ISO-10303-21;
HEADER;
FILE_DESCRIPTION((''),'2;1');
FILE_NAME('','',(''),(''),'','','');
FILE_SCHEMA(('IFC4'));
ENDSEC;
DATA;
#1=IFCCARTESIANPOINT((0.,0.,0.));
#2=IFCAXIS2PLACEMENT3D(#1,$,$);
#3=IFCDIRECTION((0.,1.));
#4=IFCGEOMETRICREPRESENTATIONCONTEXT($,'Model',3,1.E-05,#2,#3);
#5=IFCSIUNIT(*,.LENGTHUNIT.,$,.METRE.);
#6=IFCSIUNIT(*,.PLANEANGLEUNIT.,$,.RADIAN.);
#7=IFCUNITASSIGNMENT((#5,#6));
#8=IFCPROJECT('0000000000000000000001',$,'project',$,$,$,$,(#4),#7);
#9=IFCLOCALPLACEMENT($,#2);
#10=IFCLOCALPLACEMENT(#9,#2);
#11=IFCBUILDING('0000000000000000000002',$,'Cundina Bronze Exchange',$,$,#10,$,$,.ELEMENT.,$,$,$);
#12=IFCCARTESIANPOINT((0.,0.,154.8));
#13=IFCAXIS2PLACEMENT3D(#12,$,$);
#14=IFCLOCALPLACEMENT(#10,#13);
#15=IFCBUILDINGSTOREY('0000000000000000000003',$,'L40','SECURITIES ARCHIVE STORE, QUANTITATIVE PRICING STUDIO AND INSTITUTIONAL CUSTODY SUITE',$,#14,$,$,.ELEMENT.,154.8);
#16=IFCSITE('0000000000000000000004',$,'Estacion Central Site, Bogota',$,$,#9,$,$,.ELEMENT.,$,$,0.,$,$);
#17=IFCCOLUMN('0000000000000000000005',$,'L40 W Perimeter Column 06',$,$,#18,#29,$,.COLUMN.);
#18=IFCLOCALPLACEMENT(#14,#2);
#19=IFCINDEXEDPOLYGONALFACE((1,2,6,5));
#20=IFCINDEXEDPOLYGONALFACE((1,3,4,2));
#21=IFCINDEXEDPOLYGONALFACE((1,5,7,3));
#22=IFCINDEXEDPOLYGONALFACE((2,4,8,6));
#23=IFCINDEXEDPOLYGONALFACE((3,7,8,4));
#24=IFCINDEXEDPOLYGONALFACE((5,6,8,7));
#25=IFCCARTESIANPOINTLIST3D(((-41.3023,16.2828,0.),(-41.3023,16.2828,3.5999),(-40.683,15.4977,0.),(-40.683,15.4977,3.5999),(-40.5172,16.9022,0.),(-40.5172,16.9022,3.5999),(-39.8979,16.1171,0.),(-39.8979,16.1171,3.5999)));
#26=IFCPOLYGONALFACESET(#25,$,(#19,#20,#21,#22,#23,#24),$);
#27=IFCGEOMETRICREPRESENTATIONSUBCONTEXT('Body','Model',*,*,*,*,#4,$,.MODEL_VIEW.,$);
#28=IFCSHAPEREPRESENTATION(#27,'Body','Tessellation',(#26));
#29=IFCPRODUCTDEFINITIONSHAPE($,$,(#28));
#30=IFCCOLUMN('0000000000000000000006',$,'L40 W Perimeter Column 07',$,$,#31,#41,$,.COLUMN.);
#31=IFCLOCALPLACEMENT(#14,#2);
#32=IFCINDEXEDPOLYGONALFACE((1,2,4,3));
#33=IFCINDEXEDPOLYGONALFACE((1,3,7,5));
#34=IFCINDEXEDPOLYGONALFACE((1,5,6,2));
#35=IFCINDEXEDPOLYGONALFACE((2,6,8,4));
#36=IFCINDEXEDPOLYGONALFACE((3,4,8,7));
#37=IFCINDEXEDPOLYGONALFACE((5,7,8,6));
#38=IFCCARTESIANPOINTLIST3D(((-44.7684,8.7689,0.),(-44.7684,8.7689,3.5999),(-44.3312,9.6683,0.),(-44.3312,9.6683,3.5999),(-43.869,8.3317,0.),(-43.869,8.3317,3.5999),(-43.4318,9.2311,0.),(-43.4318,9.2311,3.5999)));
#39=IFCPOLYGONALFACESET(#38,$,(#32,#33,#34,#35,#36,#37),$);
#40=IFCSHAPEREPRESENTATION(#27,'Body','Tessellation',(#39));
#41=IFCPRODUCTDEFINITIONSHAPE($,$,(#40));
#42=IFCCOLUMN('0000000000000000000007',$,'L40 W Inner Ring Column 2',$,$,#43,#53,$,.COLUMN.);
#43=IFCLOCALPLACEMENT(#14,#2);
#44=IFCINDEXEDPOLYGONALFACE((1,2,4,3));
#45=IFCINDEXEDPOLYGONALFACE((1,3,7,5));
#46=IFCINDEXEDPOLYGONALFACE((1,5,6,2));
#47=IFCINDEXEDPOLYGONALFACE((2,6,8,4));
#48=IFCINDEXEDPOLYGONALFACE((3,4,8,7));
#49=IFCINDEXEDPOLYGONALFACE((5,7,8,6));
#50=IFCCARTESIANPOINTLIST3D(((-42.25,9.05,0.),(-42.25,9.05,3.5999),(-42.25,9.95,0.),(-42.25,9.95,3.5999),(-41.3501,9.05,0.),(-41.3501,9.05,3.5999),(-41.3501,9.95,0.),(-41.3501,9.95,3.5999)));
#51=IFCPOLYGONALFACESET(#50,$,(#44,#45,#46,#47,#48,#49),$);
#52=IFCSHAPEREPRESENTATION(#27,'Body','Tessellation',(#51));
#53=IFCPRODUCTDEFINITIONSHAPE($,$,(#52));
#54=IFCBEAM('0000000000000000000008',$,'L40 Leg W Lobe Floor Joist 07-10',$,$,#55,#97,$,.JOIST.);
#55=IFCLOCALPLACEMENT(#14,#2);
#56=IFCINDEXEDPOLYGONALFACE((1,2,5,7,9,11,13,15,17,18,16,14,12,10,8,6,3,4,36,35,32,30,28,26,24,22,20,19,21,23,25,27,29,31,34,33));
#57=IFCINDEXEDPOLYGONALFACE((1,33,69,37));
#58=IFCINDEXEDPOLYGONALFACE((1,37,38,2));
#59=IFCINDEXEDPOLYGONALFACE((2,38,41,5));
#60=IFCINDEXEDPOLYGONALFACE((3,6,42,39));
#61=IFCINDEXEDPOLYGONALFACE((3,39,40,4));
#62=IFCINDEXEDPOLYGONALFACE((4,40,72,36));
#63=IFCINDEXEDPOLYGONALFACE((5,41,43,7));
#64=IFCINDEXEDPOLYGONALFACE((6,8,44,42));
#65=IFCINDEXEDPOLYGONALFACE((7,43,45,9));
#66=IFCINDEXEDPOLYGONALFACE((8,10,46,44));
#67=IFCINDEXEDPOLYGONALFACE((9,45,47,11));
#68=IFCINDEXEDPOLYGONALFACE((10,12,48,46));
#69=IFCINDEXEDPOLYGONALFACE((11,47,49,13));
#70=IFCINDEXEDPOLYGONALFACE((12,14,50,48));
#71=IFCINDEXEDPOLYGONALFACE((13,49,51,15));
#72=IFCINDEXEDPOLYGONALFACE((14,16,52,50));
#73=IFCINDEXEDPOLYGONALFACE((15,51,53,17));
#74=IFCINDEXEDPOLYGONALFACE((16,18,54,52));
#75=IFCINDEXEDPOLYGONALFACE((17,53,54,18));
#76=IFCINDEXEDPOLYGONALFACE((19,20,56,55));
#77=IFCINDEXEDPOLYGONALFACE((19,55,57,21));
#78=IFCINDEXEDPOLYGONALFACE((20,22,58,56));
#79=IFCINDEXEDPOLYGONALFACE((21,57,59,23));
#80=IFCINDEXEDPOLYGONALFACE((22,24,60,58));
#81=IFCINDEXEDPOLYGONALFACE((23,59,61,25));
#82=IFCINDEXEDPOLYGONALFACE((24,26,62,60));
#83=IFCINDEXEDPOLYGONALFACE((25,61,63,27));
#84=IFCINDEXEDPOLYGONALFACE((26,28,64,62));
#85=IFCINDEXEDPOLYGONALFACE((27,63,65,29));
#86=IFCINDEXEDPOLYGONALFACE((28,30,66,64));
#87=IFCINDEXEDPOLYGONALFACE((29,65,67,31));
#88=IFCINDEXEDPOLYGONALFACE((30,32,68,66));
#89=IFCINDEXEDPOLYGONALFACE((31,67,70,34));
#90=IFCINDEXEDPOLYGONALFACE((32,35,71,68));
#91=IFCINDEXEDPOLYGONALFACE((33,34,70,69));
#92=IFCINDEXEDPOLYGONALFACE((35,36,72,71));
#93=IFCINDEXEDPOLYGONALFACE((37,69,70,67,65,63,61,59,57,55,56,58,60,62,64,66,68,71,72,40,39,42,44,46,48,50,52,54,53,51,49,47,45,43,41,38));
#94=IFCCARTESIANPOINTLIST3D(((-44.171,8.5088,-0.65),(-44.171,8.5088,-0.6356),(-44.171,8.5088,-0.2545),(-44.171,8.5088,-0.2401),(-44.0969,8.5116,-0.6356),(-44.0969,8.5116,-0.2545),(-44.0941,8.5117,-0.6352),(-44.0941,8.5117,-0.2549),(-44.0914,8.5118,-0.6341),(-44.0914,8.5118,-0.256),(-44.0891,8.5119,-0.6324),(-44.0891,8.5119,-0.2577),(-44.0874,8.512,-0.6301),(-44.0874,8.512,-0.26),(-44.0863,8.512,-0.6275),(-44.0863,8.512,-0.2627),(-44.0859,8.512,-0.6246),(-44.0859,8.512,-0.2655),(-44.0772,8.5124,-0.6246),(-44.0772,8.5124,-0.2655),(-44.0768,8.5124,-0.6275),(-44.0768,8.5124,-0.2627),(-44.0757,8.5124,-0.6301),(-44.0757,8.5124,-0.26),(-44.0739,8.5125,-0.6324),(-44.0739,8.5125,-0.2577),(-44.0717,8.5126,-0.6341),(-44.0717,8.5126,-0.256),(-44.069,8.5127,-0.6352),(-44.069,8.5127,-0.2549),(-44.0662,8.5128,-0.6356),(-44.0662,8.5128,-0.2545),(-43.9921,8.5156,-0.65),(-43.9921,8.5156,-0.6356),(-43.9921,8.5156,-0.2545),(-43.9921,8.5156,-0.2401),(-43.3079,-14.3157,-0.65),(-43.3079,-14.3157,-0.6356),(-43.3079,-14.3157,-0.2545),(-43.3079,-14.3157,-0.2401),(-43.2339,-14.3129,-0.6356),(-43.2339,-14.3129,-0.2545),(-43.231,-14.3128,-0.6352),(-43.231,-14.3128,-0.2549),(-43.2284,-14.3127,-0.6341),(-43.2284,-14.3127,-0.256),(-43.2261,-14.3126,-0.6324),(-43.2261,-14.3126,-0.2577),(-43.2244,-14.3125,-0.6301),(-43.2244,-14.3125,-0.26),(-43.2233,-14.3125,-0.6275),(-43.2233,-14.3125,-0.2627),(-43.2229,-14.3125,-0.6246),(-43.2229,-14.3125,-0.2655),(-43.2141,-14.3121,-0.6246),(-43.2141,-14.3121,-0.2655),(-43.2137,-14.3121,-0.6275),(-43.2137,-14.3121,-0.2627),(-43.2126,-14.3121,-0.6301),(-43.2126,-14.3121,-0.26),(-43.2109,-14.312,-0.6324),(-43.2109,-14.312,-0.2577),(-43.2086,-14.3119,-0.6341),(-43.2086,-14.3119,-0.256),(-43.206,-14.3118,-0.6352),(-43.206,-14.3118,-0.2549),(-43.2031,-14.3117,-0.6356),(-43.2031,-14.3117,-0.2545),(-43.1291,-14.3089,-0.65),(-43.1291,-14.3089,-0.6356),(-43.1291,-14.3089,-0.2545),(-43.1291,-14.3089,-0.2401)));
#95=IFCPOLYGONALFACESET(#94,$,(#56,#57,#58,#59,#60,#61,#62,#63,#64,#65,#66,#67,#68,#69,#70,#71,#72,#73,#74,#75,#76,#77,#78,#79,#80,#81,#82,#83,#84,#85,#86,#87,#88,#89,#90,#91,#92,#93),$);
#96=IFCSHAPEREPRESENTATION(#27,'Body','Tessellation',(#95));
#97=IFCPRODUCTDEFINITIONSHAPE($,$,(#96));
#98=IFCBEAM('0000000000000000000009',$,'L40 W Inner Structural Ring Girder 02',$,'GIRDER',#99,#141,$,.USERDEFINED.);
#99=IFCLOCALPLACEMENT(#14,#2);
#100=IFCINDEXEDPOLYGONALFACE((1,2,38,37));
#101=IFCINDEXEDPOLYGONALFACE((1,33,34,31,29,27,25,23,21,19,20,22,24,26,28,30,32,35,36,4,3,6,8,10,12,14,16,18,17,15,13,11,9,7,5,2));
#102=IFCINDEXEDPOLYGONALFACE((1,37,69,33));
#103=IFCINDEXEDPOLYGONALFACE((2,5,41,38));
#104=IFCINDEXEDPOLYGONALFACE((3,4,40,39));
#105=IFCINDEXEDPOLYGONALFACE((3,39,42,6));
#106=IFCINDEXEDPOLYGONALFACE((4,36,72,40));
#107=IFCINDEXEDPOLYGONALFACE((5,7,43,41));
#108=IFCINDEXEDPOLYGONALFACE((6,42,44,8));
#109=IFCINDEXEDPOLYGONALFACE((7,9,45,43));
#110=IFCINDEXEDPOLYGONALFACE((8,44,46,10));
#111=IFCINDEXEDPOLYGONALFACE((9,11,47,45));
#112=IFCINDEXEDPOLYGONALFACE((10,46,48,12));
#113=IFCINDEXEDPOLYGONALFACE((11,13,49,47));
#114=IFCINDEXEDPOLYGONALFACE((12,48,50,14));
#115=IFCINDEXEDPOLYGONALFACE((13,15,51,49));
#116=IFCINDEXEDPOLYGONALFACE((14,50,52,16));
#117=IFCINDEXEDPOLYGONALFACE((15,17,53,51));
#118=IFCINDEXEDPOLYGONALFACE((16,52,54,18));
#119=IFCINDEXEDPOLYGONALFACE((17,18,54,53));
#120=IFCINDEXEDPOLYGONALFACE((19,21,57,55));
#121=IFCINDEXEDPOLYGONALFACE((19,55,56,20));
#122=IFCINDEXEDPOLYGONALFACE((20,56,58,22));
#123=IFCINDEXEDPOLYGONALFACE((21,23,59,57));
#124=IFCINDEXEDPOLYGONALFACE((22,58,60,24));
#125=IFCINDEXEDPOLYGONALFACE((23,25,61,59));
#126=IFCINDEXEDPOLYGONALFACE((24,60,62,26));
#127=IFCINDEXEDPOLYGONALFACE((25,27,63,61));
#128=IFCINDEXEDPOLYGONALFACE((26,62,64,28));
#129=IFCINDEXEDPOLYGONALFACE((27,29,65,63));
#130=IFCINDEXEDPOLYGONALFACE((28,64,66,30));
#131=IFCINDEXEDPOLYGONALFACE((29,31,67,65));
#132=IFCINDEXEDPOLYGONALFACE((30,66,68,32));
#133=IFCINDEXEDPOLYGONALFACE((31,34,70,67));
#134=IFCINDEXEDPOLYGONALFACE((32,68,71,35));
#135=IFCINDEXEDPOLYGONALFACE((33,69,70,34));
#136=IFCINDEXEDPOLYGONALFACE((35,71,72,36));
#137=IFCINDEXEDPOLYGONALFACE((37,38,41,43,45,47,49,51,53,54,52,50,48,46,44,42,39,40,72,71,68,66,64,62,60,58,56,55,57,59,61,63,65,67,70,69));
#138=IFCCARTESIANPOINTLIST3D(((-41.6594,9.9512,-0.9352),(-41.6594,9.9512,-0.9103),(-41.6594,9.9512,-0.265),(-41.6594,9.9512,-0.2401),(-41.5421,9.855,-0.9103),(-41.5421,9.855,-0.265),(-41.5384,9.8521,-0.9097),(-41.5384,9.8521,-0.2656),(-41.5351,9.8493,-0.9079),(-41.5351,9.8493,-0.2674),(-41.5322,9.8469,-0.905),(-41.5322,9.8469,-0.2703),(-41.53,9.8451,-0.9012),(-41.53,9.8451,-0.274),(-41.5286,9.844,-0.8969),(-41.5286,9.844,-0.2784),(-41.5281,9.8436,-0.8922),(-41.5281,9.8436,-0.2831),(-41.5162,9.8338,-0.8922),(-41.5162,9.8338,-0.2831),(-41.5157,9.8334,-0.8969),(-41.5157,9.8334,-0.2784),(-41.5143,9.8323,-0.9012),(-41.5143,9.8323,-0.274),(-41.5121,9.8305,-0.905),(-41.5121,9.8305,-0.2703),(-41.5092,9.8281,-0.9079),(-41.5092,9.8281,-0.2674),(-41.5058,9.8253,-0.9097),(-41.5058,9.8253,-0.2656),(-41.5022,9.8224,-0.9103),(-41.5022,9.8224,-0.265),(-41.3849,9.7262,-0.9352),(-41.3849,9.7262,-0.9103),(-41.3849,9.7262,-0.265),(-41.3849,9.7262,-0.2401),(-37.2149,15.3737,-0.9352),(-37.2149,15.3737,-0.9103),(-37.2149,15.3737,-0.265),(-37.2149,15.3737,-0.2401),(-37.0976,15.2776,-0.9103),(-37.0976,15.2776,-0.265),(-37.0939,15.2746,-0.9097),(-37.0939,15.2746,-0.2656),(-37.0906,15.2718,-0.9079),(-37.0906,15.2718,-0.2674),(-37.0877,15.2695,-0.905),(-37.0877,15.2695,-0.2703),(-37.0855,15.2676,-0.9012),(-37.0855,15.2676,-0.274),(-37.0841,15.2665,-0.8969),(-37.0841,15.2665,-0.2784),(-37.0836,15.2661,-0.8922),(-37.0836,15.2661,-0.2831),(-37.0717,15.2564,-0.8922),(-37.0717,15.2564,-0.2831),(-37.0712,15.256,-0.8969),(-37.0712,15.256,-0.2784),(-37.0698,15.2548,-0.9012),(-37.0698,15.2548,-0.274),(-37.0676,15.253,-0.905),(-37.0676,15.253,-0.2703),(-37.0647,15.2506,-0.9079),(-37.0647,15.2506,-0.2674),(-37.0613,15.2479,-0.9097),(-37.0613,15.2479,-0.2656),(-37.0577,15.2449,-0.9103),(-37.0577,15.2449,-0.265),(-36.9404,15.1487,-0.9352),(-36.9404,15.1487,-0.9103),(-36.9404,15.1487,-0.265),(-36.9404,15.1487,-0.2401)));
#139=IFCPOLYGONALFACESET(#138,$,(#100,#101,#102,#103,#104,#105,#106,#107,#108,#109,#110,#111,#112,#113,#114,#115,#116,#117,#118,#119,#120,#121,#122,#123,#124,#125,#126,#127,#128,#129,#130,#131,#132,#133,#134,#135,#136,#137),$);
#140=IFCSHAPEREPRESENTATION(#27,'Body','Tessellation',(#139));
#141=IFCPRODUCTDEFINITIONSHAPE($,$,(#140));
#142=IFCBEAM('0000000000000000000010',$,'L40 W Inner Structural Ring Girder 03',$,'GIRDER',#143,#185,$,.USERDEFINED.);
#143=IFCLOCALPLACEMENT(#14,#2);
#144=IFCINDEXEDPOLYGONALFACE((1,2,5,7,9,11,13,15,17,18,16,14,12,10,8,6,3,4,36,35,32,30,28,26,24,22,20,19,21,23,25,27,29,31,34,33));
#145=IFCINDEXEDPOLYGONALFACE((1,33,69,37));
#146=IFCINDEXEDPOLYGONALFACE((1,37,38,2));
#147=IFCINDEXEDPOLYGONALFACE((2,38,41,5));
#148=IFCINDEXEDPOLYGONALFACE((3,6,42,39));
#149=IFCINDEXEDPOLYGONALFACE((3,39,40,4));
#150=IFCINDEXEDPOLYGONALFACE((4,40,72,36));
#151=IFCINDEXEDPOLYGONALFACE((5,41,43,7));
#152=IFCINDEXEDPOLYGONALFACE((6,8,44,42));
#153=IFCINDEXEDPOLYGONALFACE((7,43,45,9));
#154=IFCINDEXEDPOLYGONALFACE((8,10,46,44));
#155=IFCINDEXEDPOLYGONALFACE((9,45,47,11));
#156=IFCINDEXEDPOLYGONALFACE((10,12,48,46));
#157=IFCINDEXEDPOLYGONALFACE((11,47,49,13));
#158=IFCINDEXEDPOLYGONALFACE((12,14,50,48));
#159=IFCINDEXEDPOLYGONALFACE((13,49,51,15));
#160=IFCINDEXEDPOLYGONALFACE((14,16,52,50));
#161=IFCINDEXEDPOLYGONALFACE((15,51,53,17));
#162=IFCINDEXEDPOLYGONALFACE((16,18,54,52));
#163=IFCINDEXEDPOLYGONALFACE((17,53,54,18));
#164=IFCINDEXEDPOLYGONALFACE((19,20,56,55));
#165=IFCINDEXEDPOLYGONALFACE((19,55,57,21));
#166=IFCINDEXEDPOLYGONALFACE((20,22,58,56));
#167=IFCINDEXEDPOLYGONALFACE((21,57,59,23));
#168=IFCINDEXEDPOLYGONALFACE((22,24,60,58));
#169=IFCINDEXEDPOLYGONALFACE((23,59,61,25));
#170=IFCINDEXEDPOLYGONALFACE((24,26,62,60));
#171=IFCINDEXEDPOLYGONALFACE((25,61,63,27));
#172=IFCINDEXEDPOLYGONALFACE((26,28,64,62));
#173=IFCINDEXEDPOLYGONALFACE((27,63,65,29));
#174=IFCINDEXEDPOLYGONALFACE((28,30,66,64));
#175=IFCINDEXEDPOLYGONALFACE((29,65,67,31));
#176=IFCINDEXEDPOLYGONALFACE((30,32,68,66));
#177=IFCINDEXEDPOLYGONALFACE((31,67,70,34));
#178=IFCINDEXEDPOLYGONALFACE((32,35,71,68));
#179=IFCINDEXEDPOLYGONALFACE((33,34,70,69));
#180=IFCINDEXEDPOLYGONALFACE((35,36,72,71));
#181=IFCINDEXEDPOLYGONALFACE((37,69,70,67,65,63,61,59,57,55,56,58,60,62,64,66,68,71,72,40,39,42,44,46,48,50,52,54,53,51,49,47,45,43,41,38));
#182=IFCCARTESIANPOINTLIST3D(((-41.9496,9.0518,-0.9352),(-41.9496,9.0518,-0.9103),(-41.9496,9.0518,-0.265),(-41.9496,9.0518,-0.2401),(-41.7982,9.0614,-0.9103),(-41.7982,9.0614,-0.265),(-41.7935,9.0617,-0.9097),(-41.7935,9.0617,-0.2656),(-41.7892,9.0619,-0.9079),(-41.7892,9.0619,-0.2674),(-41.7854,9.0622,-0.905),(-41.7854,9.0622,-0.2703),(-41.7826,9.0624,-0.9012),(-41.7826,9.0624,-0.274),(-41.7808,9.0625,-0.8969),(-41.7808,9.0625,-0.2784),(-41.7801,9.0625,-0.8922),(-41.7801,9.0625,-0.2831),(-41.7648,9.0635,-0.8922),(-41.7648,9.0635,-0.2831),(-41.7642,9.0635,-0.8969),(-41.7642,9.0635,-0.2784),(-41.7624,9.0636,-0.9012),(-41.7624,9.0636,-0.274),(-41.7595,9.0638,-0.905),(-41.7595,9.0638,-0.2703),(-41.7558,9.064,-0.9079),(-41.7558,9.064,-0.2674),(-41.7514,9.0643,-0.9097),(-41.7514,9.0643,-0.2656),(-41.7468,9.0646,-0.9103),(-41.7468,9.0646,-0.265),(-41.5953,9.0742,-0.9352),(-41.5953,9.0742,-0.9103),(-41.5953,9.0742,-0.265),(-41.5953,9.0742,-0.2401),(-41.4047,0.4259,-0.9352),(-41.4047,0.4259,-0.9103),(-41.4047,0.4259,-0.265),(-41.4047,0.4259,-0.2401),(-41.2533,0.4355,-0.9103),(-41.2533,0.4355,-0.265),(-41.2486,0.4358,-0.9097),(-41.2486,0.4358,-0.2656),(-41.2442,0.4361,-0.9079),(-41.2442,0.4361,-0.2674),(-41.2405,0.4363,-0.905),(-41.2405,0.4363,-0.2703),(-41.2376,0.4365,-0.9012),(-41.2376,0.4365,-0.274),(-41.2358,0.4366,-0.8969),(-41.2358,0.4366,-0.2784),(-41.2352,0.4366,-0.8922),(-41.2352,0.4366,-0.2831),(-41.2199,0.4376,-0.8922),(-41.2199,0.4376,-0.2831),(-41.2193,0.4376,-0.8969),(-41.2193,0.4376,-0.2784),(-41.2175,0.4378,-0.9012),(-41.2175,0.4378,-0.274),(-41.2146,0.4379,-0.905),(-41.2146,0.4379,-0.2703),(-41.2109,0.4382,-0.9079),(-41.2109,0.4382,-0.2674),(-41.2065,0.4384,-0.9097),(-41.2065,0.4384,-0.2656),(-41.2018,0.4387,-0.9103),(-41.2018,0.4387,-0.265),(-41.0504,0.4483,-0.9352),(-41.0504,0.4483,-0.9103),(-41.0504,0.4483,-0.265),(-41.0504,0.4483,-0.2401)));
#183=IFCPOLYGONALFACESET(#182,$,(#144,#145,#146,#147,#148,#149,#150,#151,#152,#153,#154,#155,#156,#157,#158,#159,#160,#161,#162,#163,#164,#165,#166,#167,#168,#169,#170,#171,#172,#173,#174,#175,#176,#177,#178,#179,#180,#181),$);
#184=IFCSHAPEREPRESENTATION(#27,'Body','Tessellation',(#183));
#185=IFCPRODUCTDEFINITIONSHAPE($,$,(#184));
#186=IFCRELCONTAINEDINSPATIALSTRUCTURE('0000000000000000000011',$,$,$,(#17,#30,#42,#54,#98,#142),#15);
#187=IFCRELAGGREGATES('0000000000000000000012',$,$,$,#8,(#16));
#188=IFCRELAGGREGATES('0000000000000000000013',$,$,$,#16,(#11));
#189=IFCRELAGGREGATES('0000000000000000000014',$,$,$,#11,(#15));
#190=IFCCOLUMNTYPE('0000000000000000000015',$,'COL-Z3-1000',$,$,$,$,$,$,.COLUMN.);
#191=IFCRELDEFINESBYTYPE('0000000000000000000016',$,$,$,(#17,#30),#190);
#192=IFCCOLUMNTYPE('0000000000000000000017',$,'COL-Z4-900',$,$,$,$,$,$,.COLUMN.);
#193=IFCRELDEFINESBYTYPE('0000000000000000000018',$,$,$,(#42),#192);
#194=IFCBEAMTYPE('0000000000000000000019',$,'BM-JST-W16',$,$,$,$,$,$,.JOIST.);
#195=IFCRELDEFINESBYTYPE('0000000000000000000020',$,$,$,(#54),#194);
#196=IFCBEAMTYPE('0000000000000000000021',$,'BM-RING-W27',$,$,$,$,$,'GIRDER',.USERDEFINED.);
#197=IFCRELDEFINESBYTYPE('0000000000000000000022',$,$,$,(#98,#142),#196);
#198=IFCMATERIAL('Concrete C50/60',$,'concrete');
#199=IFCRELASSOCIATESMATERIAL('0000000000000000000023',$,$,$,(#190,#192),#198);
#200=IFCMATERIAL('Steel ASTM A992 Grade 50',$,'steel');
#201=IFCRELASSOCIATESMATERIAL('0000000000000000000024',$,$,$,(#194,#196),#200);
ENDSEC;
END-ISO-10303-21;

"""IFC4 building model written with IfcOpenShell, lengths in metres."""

from ifc_helpers import new_model, si_unit, direction, frame, origin, origin_2d, place, context, subcontext, project, spatial, rectangle, i_section, extrude, material, material_profile, profile_set, type_object, element, save


model = new_model("IFC4")

# Units and contexts
model_context = context("Model", 3, precision=1e-05, world=origin(), true_north=direction((0.0, 1.0)))
body_context = subcontext(model_context, "Body", "Model", "MODEL_VIEW")
ifc_project = project(units=[si_unit("LENGTHUNIT", "METRE"), si_unit("PLANEANGLEUNIT", "RADIAN")], contexts=[model_context])

# Site, building, storey
site_placement = place(None, origin())
site = spatial("IfcSite", under=ifc_project, at=site_placement, Name="Estacion Central Site, Bogota", CompositionType="ELEMENT", RefElevation=0.0)
building_placement = place(site_placement, origin())
building = spatial("IfcBuilding", under=site, at=building_placement, Name="Cundina Bronze Exchange", CompositionType="ELEMENT")
storey_placement = place(building_placement, frame((0.0, 0.0, 154.8)))
storey = spatial("IfcBuildingStorey", under=building, at=storey_placement, Name="L40", Description="SECURITIES ARCHIVE STORE, QUANTITATIVE PRICING STUDIO AND INSTITUTIONAL CUSTODY SUITE", CompositionType="ELEMENT", Elevation=154.8)

# Columns
ifc_material_1 = material(Name="Concrete C50/60", Category="concrete")
ifc_material_profile_1 = material_profile(ifc_material_1, rectangle(XDim=1.0, YDim=1.0, at=origin_2d()), Name="RC1000X1000", Category="concrete")
ifc_profile_set_1 = profile_set([ifc_material_profile_1], Name="Concrete C50/60")
column_type_1 = type_object("IfcColumnType", Name="COL-Z3-1000", PredefinedType="COLUMN", material=ifc_profile_set_1)
for number, where, z_axis, x_axis, name in (
    (1, (-40.6001, 16.2, 0.0), (0.0, 0.0, 1.0), (-0.785101, -0.619368, 0.0), "L40 W Perimeter Column 06"),
    (2, (-44.1001, 9.0, 0.0), (0.0, 0.0, 1.0), (-0.437116, -0.899405, 0.0), "L40 W Perimeter Column 07"),
):
    element("IfcColumn", number, at=place(storey_placement, frame(where, z_axis=z_axis, x_axis=x_axis)), inside=storey, type_object=column_type_1, Name=name, PredefinedType="COLUMN", context=body_context, shape_type="SweptSolid", body=[
        extrude(rectangle(XDim=1.0, YDim=1.0, at=origin_2d()), origin(), (0.0, 0.0, 1.0), 3.5999),
    ])
ifc_material_profile_2 = material_profile(ifc_material_1, rectangle(XDim=0.8999, YDim=0.8999, at=origin_2d()), Name="RC900X900", Category="concrete")
ifc_profile_set_2 = profile_set([ifc_material_profile_2], Name="Concrete C50/60")
column_type_2 = type_object("IfcColumnType", Name="COL-Z4-900", PredefinedType="COLUMN", material=ifc_profile_set_2)
column_placement = place(storey_placement, frame((-41.8, 9.5, 0.0), z_axis=(0.0, 0.0, 1.0), x_axis=(1.0, 0.0, 0.0)))
element("IfcColumn", 3, at=column_placement, inside=storey, type_object=column_type_2, Name="L40 W Inner Ring Column 2", PredefinedType="COLUMN", context=body_context, shape_type="SweptSolid", body=[
    extrude(rectangle(XDim=0.8999, YDim=0.8999, at=origin_2d()), origin(), (0.0, 0.0, 1.0), 3.5999),
])

# Beams
ifc_material_2 = material(Name="Steel ASTM A992 Grade 50", Category="steel")
ifc_material_profile_3 = material_profile(ifc_material_2, i_section(OverallWidth=0.179, OverallDepth=0.4099, WebThickness=0.0088, FlangeThickness=0.0144, FilletRadius=0.011, at=origin_2d()), Name="W16X45", Category="steel")
ifc_profile_set_3 = profile_set([ifc_material_profile_3], Name="Steel ASTM A992 Grade 50")
beam_type_1 = type_object("IfcBeamType", Name="BM-JST-W16", PredefinedType="JOIST", material=ifc_profile_set_3)
beam_1_placement = place(storey_placement, frame((-44.0815, 8.5122, -0.4451), z_axis=(0.037785, -0.999286, 0.0), x_axis=(0.999286, 0.037785, 0.0)))
element("IfcBeam", 4, at=beam_1_placement, inside=storey, type_object=beam_type_1, Name="L40 Leg W Lobe Floor Joist 07-10", PredefinedType="JOIST", context=body_context, shape_type="SweptSolid", body=[
    extrude(i_section(OverallWidth=0.179, OverallDepth=0.4099, WebThickness=0.0088, FlangeThickness=0.0144, FilletRadius=0.011, at=origin_2d()), origin(), (0.0, 0.0, 1.0), 22.8408),
])
ifc_material_profile_4 = material_profile(ifc_material_2, i_section(OverallWidth=0.355, OverallDepth=0.6951, WebThickness=0.0154, FlangeThickness=0.0249, FilletRadius=0.0181, at=origin_2d()), Name="W27X146", Category="steel")
ifc_profile_set_4 = profile_set([ifc_material_profile_4], Name="Steel ASTM A992 Grade 50")
beam_type_2 = type_object("IfcBeamType", Name="BM-RING-W27", ElementType="GIRDER", PredefinedType="USERDEFINED", material=ifc_profile_set_4)
beam_2_placement = place(storey_placement, frame((-37.0776, 15.2612, -0.5876), z_axis=(-0.633913, -0.773405, 0.0), x_axis=(0.773405, -0.633913, 0.0)))
element("IfcBeam", 5, at=beam_2_placement, inside=storey, type_object=beam_type_2, Name="L40 W Inner Structural Ring Girder 02", ObjectType="GIRDER", PredefinedType="USERDEFINED", context=body_context, shape_type="SweptSolid", body=[
    extrude(i_section(OverallWidth=0.355, OverallDepth=0.6951, WebThickness=0.0154, FlangeThickness=0.0249, FilletRadius=0.0181, at=origin_2d()), origin(), (0.0, 0.0, 1.0), 7.0112),
])
beam_3_placement = place(storey_placement, frame((-41.7725, 9.063, -0.5876), z_axis=(0.063047, -0.998011, 0.0), x_axis=(0.998011, 0.063047, 0.0)))
element("IfcBeam", 6, at=beam_3_placement, inside=storey, type_object=beam_type_2, Name="L40 W Inner Structural Ring Girder 03", ObjectType="GIRDER", PredefinedType="USERDEFINED", context=body_context, shape_type="SweptSolid", body=[
    extrude(i_section(OverallWidth=0.355, OverallDepth=0.6951, WebThickness=0.0154, FlangeThickness=0.0249, FilletRadius=0.0181, at=origin_2d()), origin(), (0.0, 0.0, 1.0), 8.6431),
])

save(model, "model.ifc")
